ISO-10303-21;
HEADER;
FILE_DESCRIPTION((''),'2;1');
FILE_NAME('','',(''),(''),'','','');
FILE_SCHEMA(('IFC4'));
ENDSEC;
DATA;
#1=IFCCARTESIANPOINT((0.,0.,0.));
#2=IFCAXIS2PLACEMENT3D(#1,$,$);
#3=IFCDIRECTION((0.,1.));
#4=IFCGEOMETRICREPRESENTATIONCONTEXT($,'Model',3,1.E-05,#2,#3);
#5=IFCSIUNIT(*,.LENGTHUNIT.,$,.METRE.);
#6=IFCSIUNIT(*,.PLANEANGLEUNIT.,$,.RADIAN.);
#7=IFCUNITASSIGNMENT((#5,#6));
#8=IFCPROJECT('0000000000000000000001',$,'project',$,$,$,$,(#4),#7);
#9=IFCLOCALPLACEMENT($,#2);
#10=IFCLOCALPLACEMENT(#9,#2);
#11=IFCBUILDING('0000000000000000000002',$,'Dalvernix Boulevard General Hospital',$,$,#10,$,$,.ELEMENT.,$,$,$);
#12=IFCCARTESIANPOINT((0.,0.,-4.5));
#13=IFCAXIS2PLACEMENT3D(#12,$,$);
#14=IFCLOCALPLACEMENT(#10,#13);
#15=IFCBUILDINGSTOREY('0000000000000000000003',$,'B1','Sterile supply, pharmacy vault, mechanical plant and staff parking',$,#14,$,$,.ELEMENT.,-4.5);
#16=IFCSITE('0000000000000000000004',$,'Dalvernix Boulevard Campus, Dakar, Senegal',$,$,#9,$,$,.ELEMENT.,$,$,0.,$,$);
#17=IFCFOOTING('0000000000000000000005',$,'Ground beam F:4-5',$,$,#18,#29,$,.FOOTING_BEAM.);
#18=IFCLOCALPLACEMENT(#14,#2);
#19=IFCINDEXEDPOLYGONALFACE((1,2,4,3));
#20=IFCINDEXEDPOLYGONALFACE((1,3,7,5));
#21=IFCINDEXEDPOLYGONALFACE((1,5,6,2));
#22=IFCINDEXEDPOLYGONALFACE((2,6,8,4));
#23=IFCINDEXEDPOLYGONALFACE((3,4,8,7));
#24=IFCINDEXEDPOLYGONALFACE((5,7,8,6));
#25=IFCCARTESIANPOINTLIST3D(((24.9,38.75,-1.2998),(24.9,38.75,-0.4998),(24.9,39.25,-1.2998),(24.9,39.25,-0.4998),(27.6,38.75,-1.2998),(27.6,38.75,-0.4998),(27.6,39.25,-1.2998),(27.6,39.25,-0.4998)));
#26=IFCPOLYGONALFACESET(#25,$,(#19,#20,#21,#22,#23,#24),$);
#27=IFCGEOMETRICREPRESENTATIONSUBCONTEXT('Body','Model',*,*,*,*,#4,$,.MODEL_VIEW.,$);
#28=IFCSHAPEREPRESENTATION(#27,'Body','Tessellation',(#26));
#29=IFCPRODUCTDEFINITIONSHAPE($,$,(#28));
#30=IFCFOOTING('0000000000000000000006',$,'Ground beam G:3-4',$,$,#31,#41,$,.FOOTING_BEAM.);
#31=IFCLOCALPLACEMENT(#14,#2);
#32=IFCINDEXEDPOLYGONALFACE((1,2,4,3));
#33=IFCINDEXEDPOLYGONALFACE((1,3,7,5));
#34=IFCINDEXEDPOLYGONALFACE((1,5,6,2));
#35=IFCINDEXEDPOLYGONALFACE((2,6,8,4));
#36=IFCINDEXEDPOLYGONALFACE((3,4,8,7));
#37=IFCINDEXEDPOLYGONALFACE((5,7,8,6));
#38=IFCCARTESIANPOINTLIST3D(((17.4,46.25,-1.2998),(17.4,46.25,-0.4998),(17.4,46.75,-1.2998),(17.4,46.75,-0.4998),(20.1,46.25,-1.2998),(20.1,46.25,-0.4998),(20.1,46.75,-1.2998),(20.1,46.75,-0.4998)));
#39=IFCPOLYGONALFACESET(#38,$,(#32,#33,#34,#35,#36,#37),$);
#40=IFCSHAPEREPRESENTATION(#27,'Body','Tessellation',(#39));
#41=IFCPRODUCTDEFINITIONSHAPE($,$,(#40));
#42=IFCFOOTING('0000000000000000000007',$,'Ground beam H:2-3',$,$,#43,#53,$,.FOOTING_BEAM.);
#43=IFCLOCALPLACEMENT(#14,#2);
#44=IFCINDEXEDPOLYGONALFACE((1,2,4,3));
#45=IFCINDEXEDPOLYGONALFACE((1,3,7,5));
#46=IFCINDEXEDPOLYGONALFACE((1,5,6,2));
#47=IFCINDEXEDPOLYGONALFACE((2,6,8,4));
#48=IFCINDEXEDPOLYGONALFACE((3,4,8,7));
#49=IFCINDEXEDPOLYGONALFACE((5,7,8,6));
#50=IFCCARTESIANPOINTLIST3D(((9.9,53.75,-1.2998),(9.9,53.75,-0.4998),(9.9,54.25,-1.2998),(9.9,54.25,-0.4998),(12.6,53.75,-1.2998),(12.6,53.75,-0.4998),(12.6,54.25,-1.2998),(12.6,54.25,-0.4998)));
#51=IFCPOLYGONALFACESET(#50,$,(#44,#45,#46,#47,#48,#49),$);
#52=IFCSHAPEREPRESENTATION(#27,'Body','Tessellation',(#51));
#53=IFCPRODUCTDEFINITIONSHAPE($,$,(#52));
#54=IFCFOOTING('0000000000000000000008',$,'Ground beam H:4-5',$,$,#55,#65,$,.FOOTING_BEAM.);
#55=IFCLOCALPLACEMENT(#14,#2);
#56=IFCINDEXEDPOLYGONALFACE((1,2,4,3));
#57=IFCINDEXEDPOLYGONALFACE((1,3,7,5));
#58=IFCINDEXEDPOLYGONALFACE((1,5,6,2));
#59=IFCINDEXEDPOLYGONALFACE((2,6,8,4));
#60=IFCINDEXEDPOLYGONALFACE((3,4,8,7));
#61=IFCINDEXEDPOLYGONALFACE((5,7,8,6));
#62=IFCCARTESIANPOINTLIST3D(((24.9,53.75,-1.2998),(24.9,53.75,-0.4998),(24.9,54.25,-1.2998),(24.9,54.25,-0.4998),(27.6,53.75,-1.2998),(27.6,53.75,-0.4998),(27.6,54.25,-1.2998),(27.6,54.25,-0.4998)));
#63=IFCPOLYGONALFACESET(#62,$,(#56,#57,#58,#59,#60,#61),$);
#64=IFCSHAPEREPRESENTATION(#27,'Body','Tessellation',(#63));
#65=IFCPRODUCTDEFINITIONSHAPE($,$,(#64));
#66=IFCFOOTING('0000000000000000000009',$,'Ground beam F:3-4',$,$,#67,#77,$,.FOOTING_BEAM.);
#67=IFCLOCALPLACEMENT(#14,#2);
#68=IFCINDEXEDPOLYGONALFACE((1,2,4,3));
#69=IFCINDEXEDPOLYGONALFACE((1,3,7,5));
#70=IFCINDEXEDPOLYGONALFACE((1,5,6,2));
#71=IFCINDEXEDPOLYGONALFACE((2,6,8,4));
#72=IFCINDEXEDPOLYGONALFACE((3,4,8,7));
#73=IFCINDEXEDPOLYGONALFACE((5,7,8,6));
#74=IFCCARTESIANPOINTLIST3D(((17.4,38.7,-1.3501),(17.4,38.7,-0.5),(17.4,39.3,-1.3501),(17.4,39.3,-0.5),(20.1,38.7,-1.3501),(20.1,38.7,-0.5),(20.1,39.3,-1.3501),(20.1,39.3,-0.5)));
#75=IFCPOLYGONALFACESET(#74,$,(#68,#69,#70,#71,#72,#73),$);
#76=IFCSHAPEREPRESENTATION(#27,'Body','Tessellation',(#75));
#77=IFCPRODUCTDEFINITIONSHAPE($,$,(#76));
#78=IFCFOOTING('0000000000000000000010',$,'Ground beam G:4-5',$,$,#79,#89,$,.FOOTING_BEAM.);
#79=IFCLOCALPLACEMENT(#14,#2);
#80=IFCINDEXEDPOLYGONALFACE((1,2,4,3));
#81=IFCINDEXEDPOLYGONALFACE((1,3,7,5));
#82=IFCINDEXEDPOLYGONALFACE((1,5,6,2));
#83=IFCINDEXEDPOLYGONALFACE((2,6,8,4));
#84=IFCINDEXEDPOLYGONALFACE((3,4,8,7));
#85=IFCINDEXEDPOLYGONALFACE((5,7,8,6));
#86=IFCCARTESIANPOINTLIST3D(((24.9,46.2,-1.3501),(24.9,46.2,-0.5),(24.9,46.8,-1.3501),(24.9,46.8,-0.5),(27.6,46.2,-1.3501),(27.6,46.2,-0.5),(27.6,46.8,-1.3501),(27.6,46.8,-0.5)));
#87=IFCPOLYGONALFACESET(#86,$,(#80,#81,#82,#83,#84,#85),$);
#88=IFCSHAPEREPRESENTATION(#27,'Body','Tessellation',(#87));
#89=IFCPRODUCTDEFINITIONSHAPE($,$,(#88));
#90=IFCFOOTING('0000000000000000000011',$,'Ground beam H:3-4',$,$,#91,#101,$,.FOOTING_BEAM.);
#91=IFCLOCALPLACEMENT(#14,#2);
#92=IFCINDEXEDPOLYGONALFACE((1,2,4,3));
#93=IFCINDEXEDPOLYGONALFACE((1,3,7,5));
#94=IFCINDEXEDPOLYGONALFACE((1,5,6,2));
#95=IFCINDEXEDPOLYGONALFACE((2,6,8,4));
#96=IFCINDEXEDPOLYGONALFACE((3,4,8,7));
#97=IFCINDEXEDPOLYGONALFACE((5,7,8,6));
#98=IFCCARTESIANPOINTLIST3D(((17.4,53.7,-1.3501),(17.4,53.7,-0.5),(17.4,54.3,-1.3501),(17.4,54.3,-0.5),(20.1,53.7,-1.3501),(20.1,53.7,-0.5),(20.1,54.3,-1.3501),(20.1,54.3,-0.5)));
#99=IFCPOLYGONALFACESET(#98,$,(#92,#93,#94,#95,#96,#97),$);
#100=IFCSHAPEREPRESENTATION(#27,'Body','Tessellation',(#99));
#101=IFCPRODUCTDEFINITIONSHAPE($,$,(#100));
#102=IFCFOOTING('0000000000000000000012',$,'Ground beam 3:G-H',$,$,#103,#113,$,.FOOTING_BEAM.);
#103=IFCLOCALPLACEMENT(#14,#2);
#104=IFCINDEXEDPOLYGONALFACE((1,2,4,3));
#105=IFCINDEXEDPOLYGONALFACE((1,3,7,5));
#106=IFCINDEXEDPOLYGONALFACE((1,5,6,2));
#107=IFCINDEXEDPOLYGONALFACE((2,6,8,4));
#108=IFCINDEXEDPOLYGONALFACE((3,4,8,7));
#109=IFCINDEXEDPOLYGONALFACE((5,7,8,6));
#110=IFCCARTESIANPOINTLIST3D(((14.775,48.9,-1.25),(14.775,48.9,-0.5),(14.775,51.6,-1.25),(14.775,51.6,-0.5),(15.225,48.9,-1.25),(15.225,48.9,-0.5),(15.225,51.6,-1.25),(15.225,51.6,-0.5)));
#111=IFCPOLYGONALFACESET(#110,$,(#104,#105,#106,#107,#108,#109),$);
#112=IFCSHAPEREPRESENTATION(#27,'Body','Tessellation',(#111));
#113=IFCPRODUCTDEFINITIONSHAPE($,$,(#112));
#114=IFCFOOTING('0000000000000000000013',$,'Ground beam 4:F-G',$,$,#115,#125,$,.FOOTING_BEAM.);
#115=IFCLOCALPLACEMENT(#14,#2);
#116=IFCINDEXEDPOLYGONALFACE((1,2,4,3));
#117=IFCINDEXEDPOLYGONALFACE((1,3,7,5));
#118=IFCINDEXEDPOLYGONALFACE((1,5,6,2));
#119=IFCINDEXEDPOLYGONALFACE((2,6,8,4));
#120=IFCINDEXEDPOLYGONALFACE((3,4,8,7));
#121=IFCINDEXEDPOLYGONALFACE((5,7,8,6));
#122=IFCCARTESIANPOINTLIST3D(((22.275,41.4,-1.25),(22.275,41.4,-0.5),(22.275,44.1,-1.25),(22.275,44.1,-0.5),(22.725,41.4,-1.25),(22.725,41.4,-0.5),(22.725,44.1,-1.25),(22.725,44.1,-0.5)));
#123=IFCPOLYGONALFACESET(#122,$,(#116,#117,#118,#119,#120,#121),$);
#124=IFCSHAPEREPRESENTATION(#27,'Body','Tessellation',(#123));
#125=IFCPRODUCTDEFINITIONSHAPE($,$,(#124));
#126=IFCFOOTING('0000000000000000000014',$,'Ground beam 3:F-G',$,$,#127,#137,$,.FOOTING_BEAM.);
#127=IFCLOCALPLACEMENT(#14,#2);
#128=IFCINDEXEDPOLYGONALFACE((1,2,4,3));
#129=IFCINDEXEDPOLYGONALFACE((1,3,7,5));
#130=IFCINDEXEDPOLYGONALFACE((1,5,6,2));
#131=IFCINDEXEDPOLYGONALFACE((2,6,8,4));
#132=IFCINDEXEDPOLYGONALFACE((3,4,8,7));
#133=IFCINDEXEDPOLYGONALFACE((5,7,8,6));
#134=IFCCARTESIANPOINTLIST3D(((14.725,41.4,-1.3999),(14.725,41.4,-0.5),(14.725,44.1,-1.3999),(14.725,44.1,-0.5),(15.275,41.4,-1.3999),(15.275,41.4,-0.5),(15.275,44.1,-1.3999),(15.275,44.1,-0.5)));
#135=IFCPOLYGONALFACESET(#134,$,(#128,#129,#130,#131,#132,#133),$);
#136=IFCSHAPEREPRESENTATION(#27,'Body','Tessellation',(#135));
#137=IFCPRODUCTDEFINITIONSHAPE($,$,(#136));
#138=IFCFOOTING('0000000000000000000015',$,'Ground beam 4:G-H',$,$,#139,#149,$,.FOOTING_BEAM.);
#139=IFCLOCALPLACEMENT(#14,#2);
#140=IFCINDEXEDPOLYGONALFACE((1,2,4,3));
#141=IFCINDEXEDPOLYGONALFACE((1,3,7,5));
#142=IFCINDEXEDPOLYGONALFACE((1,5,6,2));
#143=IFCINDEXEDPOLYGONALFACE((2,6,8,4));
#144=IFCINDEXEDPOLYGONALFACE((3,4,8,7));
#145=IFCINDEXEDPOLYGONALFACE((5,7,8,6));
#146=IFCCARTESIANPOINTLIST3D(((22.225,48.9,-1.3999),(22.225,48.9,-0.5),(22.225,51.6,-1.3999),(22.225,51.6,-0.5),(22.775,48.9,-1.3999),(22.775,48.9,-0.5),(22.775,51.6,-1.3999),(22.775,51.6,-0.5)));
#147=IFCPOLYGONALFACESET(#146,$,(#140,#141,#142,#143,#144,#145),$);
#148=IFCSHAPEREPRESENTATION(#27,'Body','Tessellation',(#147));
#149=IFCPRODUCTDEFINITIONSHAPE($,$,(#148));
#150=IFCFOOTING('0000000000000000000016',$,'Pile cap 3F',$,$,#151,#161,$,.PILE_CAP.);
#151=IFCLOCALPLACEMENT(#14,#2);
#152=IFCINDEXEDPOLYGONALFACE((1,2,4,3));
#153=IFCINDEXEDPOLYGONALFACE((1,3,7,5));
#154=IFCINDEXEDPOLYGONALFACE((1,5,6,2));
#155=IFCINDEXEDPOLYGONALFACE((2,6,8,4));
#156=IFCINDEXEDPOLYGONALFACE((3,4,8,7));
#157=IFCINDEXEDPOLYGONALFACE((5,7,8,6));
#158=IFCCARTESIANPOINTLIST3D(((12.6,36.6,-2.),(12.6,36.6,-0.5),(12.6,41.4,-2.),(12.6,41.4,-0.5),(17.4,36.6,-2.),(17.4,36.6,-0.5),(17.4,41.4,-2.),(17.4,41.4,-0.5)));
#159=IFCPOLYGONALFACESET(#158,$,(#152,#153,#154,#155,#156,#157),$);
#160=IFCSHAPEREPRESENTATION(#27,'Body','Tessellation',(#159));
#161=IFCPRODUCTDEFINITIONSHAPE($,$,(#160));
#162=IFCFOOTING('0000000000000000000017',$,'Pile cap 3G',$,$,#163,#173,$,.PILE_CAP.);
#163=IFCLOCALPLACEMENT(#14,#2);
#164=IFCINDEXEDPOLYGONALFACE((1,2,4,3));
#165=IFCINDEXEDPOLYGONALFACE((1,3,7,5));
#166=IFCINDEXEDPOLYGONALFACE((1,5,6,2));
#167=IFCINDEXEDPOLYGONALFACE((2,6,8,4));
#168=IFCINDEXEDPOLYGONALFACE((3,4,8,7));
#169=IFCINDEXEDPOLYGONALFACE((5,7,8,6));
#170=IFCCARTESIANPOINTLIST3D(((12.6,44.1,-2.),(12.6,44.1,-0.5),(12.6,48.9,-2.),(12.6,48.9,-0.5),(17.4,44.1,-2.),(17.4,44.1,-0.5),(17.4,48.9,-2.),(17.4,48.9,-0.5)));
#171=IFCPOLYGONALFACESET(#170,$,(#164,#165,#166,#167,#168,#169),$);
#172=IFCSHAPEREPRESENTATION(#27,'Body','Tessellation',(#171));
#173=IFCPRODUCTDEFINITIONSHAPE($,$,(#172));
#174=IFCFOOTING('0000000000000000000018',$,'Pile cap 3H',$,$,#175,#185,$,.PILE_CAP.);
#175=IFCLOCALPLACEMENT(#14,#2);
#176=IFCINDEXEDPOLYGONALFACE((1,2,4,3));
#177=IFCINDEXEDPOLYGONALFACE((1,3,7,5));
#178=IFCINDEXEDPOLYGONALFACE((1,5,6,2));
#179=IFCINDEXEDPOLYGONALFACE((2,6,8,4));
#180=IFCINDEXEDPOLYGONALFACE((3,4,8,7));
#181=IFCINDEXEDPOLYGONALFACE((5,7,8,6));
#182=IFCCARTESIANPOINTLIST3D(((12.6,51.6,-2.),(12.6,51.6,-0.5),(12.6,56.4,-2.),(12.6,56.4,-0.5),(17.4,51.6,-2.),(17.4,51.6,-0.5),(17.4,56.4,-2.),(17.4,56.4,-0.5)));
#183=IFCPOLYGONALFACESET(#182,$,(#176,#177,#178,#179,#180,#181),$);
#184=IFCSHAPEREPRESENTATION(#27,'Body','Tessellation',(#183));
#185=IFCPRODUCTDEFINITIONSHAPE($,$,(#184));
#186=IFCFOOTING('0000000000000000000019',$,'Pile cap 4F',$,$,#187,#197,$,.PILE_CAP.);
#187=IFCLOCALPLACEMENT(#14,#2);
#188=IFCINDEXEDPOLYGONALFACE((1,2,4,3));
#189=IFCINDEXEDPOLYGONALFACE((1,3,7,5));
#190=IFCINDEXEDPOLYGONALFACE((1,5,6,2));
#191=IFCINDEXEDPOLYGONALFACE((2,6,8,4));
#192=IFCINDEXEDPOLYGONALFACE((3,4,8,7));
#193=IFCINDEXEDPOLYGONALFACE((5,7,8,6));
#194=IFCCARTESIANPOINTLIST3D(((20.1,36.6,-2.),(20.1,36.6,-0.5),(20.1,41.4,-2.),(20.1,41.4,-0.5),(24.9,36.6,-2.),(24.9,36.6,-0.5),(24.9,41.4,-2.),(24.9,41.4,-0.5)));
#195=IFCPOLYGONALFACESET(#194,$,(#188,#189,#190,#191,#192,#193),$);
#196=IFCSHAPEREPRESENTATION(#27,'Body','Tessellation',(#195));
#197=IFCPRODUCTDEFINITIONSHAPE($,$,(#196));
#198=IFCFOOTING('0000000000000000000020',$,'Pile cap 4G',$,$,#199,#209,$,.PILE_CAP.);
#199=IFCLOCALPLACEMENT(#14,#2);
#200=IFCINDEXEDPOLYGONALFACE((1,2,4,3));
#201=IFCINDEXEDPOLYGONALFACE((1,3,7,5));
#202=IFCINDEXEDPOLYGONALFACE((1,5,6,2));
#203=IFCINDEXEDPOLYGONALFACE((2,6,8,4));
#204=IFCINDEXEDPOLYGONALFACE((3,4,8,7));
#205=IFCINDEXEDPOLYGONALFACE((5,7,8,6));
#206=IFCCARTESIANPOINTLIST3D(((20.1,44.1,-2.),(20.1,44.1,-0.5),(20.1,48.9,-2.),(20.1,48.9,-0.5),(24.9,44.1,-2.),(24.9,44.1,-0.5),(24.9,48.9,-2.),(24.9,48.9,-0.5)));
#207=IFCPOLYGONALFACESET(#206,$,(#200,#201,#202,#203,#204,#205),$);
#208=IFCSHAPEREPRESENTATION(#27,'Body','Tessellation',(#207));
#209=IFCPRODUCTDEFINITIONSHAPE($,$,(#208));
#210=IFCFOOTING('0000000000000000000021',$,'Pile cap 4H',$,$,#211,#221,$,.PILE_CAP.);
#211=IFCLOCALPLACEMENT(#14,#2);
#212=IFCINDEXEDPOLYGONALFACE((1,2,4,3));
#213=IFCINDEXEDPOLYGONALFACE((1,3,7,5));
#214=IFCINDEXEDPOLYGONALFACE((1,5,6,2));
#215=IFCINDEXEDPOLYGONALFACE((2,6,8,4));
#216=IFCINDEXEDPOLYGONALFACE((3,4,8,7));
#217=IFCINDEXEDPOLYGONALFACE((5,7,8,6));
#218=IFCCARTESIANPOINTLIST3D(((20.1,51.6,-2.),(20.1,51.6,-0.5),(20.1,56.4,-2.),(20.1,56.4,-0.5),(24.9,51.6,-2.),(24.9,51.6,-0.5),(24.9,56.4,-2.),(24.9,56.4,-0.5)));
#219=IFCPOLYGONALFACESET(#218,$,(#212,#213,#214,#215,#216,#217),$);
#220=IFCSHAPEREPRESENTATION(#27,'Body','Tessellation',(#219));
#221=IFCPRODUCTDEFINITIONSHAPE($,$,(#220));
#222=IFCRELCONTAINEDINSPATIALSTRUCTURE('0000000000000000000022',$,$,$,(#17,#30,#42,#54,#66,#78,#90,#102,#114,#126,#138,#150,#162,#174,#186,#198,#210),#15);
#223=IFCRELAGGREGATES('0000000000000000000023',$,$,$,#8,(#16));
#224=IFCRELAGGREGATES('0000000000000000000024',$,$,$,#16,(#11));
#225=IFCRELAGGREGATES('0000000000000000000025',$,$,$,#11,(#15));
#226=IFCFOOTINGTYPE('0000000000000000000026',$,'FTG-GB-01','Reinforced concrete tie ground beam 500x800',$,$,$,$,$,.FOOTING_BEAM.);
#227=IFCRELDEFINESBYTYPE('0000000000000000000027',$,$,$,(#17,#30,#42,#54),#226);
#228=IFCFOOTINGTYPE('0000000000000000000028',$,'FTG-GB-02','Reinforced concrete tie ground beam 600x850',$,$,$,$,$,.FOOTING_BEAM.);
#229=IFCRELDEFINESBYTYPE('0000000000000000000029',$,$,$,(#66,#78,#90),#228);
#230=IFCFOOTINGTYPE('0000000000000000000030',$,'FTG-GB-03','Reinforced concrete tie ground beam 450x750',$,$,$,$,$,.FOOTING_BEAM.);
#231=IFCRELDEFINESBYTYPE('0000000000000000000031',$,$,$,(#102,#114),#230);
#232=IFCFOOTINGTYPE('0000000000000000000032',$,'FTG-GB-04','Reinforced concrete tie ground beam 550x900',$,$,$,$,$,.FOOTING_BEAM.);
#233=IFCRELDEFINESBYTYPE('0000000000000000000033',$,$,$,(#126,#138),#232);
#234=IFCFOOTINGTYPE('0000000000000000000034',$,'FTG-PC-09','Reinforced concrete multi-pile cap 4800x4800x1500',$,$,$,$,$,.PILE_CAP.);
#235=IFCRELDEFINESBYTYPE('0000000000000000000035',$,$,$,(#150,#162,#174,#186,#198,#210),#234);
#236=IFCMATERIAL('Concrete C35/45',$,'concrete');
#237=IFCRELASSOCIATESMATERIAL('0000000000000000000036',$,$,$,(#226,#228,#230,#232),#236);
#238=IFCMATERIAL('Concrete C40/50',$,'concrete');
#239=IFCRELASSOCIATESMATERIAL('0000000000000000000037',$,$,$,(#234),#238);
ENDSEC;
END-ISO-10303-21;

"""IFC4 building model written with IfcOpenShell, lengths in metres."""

from ifc_helpers import new_model, si_unit, direction, frame, origin, origin_2d, place, context, subcontext, project, spatial, rectangle, extrude, material, type_object, element, save


model = new_model("IFC4")

# Units and contexts
model_context = context("Model", 3, precision=1e-05, world=origin(), true_north=direction((0.0, 1.0)))
body_context = subcontext(model_context, "Body", "Model", "MODEL_VIEW")
ifc_project = project(units=[si_unit("LENGTHUNIT", "METRE"), si_unit("PLANEANGLEUNIT", "RADIAN")], contexts=[model_context])

# Site, building, storey
site_placement = place(None, origin())
site = spatial("IfcSite", under=ifc_project, at=site_placement, Name="Dalvernix Boulevard Campus, Dakar, Senegal", CompositionType="ELEMENT", RefElevation=0.0)
building_placement = place(site_placement, origin())
building = spatial("IfcBuilding", under=site, at=building_placement, Name="Dalvernix Boulevard General Hospital", CompositionType="ELEMENT")
storey_placement = place(building_placement, frame((0.0, 0.0, -4.5)))
storey = spatial("IfcBuildingStorey", under=building, at=storey_placement, Name="B1", Description="Sterile supply, pharmacy vault, mechanical plant and staff parking", CompositionType="ELEMENT", Elevation=-4.5)

# Footings
ifc_material_1 = material(Name="Concrete C35/45", Category="concrete")
footing_type_1 = type_object("IfcFootingType", Name="FTG-GB-01", Description="Reinforced concrete tie ground beam 500x800", PredefinedType="FOOTING_BEAM", material=ifc_material_1)
for number, where, z_axis, x_axis, name in (
    (1, (26.25, 39.0, -1.2998), (0.0, 0.0, 1.0), (1.0, 0.0, 0.0), "Ground beam F:4-5"),
    (2, (18.75, 46.5, -1.2998), (0.0, 0.0, 1.0), (1.0, 0.0, 0.0), "Ground beam G:3-4"),
    (3, (11.25, 54.0, -1.2998), (0.0, 0.0, 1.0), (1.0, 0.0, 0.0), "Ground beam H:2-3"),
    (4, (26.25, 54.0, -1.2998), (0.0, 0.0, 1.0), (1.0, 0.0, 0.0), "Ground beam H:4-5"),
):
    element("IfcFooting", number, at=place(storey_placement, frame(where, z_axis=z_axis, x_axis=x_axis)), inside=storey, type_object=footing_type_1, Name=name, PredefinedType="FOOTING_BEAM", context=body_context, shape_type="SweptSolid", body=[
        extrude(rectangle(XDim=2.7, YDim=0.5, at=origin_2d()), origin(), (0.0, 0.0, 1.0), 0.8),
    ])
footing_type_2 = type_object("IfcFootingType", Name="FTG-GB-02", Description="Reinforced concrete tie ground beam 600x850", PredefinedType="FOOTING_BEAM", material=ifc_material_1)
for number, where, z_axis, x_axis, name in (
    (5, (18.75, 39.0, -1.3501), (0.0, 0.0, 1.0), (1.0, 0.0, 0.0), "Ground beam F:3-4"),
    (6, (26.25, 46.5, -1.3501), (0.0, 0.0, 1.0), (1.0, 0.0, 0.0), "Ground beam G:4-5"),
    (7, (18.75, 54.0, -1.3501), (0.0, 0.0, 1.0), (1.0, 0.0, 0.0), "Ground beam H:3-4"),
):
    element("IfcFooting", number, at=place(storey_placement, frame(where, z_axis=z_axis, x_axis=x_axis)), inside=storey, type_object=footing_type_2, Name=name, PredefinedType="FOOTING_BEAM", context=body_context, shape_type="SweptSolid", body=[
        extrude(rectangle(XDim=2.7, YDim=0.6001, at=origin_2d()), origin(), (0.0, 0.0, 1.0), 0.8501),
    ])
footing_type_3 = type_object("IfcFootingType", Name="FTG-GB-03", Description="Reinforced concrete tie ground beam 450x750", PredefinedType="FOOTING_BEAM", material=ifc_material_1)
for number, where, z_axis, x_axis, name in (
    (8, (15.0, 50.25, -1.25), (0.0, 0.0, 1.0), (0.0, 1.0, 0.0), "Ground beam 3:G-H"),
    (9, (22.5, 42.75, -1.25), (0.0, 0.0, 1.0), (0.0, 1.0, 0.0), "Ground beam 4:F-G"),
):
    element("IfcFooting", number, at=place(storey_placement, frame(where, z_axis=z_axis, x_axis=x_axis)), inside=storey, type_object=footing_type_3, Name=name, PredefinedType="FOOTING_BEAM", context=body_context, shape_type="SweptSolid", body=[
        extrude(rectangle(XDim=2.7, YDim=0.45, at=origin_2d()), origin(), (0.0, 0.0, 1.0), 0.75),
    ])
footing_type_4 = type_object("IfcFootingType", Name="FTG-GB-04", Description="Reinforced concrete tie ground beam 550x900", PredefinedType="FOOTING_BEAM", material=ifc_material_1)
for number, where, z_axis, x_axis, name in (
    (10, (15.0, 42.75, -1.3999), (0.0, 0.0, 1.0), (0.0, 1.0, 0.0), "Ground beam 3:F-G"),
    (11, (22.5, 50.25, -1.3999), (0.0, 0.0, 1.0), (0.0, 1.0, 0.0), "Ground beam 4:G-H"),
):
    element("IfcFooting", number, at=place(storey_placement, frame(where, z_axis=z_axis, x_axis=x_axis)), inside=storey, type_object=footing_type_4, Name=name, PredefinedType="FOOTING_BEAM", context=body_context, shape_type="SweptSolid", body=[
        extrude(rectangle(XDim=2.7, YDim=0.55, at=origin_2d()), origin(), (0.0, 0.0, 1.0), 0.8999),
    ])
ifc_material_2 = material(Name="Concrete C40/50", Category="concrete")
footing_type_5 = type_object("IfcFootingType", Name="FTG-PC-09", Description="Reinforced concrete multi-pile cap 4800x4800x1500", PredefinedType="PILE_CAP", material=ifc_material_2)
for number, where, z_axis, x_axis, name in (
    (12, (15.0, 39.0, -2.0), (0.0, 0.0, 1.0), (1.0, 0.0, 0.0), "Pile cap 3F"),
    (13, (15.0, 46.5, -2.0), (0.0, 0.0, 1.0), (1.0, 0.0, 0.0), "Pile cap 3G"),
    (14, (15.0, 54.0, -2.0), (0.0, 0.0, 1.0), (1.0, 0.0, 0.0), "Pile cap 3H"),
    (15, (22.5, 39.0, -2.0), (0.0, 0.0, 1.0), (1.0, 0.0, 0.0), "Pile cap 4F"),
    (16, (22.5, 46.5, -2.0), (0.0, 0.0, 1.0), (1.0, 0.0, 0.0), "Pile cap 4G"),
    (17, (22.5, 54.0, -2.0), (0.0, 0.0, 1.0), (1.0, 0.0, 0.0), "Pile cap 4H"),
):
    element("IfcFooting", number, at=place(storey_placement, frame(where, z_axis=z_axis, x_axis=x_axis)), inside=storey, type_object=footing_type_5, Name=name, PredefinedType="PILE_CAP", context=body_context, shape_type="SweptSolid", body=[
        extrude(rectangle(XDim=4.8, YDim=4.8, at=origin_2d()), origin(), (0.0, 0.0, 1.0), 1.5),
    ])

save(model, "model.ifc")
